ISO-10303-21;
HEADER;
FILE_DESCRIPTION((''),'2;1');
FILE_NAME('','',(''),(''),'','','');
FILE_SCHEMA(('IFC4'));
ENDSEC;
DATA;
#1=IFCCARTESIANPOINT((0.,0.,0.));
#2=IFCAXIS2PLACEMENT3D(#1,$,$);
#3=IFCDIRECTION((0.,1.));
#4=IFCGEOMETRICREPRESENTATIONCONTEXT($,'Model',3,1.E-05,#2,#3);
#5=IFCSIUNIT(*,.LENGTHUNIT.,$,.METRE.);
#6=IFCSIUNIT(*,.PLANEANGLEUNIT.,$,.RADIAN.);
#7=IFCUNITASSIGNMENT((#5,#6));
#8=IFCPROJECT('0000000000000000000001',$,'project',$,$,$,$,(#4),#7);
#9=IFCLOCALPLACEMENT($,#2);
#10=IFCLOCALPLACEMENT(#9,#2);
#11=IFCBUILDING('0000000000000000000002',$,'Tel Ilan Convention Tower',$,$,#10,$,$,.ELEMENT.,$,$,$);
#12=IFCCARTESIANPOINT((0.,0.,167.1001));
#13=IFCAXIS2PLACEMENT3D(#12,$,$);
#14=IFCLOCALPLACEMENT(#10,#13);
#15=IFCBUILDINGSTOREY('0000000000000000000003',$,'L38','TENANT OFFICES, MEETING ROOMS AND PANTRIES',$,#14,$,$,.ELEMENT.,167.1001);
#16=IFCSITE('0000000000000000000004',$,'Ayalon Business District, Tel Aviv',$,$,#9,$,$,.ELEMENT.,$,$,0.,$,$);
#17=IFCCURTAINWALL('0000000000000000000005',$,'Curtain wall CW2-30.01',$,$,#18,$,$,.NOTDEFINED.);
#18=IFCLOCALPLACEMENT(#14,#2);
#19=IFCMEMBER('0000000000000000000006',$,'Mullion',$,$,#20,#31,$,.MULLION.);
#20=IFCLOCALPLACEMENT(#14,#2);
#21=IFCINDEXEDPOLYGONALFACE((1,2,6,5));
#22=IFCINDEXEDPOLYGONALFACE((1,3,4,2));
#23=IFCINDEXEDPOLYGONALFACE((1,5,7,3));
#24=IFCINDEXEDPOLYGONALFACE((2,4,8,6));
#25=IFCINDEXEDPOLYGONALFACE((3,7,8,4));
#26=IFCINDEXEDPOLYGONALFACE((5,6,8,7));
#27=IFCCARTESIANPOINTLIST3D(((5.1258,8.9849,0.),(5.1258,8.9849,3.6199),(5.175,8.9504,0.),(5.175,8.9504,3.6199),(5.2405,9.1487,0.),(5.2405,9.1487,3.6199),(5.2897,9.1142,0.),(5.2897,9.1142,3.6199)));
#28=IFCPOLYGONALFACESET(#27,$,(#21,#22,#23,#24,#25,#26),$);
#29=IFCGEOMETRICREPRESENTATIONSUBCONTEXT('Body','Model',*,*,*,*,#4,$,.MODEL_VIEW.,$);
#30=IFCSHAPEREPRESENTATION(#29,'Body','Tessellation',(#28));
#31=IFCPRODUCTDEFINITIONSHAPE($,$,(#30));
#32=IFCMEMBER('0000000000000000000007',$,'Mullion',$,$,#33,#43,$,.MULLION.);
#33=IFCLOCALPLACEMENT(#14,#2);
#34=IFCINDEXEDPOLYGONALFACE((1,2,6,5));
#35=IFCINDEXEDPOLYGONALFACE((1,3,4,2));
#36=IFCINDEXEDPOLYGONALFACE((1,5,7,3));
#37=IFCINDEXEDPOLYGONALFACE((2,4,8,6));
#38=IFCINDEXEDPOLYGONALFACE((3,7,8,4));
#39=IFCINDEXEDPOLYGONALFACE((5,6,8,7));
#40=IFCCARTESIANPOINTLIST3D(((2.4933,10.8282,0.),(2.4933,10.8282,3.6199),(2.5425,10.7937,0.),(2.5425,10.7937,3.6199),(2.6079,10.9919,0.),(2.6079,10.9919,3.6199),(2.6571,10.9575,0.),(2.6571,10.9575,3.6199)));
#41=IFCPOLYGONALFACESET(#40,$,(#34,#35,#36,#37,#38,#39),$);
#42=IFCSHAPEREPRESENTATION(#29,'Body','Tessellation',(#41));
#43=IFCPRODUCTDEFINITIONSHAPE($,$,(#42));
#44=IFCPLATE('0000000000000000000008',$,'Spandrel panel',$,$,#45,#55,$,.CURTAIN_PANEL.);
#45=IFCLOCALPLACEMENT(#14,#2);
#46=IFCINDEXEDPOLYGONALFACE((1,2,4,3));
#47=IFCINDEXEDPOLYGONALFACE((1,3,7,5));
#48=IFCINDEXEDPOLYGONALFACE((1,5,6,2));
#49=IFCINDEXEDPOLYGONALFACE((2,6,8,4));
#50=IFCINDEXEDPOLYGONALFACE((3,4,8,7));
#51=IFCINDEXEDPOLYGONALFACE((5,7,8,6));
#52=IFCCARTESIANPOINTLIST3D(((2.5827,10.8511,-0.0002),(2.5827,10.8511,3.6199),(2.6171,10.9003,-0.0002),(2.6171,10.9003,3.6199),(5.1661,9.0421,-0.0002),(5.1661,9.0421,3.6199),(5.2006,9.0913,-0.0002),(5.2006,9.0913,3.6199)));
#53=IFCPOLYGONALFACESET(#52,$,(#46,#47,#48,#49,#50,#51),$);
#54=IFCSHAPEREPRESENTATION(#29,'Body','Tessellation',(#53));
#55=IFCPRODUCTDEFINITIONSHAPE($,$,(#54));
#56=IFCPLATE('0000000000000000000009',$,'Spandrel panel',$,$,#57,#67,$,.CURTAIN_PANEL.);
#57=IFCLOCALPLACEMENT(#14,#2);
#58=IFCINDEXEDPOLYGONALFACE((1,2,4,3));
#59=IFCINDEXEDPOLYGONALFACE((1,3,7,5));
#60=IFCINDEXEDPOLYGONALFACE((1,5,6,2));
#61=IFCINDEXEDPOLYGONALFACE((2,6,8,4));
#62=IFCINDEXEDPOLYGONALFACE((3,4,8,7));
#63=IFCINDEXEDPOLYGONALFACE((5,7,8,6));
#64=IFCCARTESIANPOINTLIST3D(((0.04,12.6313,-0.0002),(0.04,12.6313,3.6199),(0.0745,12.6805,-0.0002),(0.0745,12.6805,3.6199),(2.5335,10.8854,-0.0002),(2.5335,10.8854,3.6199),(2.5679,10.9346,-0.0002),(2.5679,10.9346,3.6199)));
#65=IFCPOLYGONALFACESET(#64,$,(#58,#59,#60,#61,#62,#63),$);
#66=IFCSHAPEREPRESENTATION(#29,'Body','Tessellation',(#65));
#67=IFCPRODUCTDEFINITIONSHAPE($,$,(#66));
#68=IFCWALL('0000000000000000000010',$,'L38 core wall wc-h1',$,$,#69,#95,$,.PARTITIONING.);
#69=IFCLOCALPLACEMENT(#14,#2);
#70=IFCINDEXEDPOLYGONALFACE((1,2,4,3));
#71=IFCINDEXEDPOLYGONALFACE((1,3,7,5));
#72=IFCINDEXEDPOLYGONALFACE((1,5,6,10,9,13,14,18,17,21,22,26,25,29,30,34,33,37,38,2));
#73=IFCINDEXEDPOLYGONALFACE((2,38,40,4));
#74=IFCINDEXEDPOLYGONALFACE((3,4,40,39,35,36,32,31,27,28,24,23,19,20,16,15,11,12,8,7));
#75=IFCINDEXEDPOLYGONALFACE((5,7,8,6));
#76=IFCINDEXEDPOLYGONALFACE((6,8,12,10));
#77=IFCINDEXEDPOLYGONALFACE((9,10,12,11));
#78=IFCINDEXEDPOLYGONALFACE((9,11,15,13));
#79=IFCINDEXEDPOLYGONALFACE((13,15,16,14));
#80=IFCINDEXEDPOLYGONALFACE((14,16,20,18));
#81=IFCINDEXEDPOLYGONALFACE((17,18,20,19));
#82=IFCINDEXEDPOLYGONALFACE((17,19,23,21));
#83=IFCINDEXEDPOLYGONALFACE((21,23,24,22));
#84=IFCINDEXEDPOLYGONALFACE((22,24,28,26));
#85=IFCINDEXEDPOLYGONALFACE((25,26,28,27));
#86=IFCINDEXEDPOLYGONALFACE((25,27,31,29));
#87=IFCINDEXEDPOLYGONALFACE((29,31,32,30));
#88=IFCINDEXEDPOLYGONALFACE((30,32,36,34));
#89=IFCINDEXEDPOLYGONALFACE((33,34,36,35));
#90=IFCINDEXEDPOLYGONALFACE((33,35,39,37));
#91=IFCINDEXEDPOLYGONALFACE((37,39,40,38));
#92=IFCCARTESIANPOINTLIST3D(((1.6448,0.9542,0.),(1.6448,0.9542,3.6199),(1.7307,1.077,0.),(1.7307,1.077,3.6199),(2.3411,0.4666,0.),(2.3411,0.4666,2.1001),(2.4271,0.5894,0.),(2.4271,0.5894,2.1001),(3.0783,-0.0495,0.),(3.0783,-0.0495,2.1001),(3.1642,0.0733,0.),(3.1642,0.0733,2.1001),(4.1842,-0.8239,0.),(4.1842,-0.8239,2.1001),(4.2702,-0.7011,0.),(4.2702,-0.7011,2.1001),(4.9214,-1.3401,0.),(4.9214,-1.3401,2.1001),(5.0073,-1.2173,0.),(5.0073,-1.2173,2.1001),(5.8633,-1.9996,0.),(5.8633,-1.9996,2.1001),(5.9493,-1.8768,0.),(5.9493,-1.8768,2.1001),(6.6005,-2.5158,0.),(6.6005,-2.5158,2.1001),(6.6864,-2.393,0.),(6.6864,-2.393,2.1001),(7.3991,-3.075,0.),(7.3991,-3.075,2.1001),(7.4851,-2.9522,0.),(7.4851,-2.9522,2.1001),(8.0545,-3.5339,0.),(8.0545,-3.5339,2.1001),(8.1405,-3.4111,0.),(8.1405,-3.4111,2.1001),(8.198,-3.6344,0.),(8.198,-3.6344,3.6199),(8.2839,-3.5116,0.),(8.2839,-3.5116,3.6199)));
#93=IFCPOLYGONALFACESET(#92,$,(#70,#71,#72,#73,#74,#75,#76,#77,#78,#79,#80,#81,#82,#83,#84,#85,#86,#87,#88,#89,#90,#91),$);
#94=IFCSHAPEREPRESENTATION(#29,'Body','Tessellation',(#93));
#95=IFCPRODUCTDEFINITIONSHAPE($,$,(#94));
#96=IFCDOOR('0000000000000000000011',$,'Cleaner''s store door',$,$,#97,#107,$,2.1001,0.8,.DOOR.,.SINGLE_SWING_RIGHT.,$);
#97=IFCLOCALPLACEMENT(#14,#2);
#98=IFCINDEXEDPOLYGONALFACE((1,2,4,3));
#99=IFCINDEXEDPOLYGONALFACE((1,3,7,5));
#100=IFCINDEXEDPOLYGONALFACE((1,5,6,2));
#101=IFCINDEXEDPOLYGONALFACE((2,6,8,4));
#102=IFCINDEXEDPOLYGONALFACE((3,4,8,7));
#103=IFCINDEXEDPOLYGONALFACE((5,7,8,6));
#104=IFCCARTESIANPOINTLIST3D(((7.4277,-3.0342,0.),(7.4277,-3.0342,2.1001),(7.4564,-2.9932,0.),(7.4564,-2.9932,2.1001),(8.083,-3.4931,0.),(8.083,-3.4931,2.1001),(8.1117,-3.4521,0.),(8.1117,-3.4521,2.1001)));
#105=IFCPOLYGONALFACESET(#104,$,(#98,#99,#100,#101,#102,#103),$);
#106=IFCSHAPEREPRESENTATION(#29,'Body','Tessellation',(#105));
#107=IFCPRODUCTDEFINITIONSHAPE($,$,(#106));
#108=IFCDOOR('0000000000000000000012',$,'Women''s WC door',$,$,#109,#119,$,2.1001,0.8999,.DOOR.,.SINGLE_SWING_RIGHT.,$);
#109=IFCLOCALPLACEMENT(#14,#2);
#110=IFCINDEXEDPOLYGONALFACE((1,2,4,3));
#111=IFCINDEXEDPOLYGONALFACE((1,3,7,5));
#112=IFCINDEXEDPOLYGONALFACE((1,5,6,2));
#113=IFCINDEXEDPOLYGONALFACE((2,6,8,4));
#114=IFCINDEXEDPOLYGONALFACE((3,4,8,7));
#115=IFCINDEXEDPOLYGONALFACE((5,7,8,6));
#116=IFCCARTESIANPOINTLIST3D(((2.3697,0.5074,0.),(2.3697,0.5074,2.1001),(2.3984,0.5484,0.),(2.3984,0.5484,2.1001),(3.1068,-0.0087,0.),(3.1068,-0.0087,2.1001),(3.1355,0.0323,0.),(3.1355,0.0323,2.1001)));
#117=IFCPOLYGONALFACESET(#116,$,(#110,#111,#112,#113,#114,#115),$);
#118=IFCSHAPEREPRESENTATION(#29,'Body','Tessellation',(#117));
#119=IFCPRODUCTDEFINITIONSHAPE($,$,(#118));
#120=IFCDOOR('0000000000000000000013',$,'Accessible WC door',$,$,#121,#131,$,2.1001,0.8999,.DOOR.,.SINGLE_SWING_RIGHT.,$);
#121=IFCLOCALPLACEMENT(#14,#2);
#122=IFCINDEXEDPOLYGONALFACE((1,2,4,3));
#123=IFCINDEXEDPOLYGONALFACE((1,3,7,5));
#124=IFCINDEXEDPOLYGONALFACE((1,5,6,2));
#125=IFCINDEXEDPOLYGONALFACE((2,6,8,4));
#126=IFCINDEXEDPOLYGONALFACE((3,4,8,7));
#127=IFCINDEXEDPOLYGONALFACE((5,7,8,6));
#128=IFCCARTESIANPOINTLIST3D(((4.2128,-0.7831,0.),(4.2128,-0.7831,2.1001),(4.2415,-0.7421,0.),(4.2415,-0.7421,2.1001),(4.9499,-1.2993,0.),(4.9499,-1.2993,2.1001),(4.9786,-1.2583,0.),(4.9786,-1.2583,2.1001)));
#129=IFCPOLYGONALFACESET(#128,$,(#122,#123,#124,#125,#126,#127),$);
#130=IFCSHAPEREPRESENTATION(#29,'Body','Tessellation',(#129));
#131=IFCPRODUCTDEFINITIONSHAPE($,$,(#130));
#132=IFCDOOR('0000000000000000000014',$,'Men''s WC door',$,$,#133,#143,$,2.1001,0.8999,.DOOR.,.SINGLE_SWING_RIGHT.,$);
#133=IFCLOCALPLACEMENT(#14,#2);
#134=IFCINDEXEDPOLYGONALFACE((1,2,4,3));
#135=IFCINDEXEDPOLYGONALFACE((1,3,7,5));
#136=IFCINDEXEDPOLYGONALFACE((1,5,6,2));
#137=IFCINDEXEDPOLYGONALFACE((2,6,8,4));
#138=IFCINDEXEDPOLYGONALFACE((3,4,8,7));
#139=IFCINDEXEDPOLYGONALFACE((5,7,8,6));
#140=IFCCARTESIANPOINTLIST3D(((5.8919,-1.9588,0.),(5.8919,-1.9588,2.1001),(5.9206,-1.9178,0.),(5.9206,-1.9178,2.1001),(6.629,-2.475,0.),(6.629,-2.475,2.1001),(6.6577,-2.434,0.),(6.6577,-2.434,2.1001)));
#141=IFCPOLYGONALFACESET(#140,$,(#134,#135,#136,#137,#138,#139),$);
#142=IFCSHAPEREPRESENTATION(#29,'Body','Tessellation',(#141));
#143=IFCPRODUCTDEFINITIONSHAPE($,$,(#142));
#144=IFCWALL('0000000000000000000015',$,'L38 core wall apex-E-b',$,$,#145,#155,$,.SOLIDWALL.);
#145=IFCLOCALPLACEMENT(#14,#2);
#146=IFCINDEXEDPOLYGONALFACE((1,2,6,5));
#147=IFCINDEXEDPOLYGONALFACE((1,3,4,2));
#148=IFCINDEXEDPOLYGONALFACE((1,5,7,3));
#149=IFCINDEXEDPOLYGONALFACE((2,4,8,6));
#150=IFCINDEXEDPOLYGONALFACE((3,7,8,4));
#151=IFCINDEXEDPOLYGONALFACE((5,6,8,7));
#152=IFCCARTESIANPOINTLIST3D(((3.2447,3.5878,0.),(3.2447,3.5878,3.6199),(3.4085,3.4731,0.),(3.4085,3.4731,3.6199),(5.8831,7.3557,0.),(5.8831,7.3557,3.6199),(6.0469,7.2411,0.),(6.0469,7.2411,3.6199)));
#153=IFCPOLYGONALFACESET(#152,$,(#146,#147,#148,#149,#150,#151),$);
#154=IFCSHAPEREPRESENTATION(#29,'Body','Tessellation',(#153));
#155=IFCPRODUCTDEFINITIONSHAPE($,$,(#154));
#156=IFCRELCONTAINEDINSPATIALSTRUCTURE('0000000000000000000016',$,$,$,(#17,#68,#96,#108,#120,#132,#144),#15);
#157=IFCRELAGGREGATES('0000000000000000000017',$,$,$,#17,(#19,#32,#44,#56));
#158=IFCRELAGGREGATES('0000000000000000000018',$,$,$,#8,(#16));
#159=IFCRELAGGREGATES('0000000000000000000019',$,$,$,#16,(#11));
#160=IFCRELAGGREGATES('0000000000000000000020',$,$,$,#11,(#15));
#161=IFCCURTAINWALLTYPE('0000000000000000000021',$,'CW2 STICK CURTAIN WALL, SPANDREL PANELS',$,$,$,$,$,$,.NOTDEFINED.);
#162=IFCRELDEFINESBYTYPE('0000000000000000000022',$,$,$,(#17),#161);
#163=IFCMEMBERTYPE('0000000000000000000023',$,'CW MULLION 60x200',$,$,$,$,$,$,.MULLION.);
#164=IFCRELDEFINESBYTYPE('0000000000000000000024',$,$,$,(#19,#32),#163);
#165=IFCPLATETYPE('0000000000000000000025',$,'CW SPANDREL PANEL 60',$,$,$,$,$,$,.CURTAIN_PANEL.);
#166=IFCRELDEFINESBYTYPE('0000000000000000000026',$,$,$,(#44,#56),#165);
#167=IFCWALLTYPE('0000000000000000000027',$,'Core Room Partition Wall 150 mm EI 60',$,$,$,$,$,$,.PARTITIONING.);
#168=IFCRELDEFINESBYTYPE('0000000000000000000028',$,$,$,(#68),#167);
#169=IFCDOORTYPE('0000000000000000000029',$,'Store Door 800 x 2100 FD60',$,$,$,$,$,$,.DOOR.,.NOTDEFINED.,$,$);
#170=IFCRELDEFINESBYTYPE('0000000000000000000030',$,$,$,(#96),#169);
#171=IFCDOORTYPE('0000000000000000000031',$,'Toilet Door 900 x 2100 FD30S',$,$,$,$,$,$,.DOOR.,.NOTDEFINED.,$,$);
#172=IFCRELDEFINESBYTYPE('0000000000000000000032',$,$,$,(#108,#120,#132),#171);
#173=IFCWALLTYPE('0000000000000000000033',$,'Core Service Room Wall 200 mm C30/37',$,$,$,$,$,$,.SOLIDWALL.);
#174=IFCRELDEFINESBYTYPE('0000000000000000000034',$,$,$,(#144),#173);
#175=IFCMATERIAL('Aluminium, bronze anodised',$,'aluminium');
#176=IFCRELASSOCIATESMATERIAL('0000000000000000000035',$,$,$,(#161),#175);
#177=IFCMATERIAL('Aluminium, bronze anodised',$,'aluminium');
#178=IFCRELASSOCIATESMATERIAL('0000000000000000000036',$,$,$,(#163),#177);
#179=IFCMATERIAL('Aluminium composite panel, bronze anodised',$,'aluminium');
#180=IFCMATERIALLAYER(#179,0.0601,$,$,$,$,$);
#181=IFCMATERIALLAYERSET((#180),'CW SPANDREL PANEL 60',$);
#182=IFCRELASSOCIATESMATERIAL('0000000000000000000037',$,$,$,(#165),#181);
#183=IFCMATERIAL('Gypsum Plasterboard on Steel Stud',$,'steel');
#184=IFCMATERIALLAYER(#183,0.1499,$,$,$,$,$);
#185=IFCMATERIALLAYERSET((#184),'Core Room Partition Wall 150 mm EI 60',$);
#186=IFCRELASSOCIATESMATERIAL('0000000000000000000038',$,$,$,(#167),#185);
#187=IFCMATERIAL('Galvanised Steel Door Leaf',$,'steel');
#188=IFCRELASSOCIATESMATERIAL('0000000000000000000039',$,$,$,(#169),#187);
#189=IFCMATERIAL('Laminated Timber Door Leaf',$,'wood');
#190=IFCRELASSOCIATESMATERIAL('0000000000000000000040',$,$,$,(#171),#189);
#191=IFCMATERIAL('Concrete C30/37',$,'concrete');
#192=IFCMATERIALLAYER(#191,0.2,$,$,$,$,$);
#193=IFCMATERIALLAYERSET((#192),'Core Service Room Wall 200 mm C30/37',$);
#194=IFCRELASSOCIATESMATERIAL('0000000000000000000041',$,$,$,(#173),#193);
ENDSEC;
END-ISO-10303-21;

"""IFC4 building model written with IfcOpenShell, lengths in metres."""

from ifc_helpers import new_model, si_unit, direction, frame, frame_2d, origin, origin_2d, place, context, subcontext, project, spatial, rectangle, extrude, material, layer, layer_set, material_profile, profile_set, type_object, element, fill, aggregate, save


model = new_model("IFC4")

# Units and contexts
model_context = context("Model", 3, precision=1e-05, world=origin(), true_north=direction((0.0, 1.0)))
body_context = subcontext(model_context, "Body", "Model", "MODEL_VIEW")
ifc_project = project(units=[si_unit("LENGTHUNIT", "METRE"), si_unit("PLANEANGLEUNIT", "RADIAN")], contexts=[model_context])

# Site, building, storey
site_placement = place(None, origin())
site = spatial("IfcSite", under=ifc_project, at=site_placement, Name="Ayalon Business District, Tel Aviv", CompositionType="ELEMENT", RefElevation=0.0)
building_placement = place(site_placement, origin())
building = spatial("IfcBuilding", under=site, at=building_placement, Name="Tel Ilan Convention Tower", CompositionType="ELEMENT")
storey_placement = place(building_placement, frame((0.0, 0.0, 167.1001)))
storey = spatial("IfcBuildingStorey", under=building, at=storey_placement, Name="L38", Description="TENANT OFFICES, MEETING ROOMS AND PANTRIES", CompositionType="ELEMENT", Elevation=167.1001)

# Curtain wall, members, plates
ifc_material_1 = material(Name="Aluminium, bronze anodised", Category="aluminium")
curtain_wall_type = type_object("IfcCurtainWallType", Name="CW2 STICK CURTAIN WALL, SPANDREL PANELS", PredefinedType="NOTDEFINED", material=ifc_material_1)
curtain_wall_placement = place(storey_placement, origin())
curtain_wall = element("IfcCurtainWall", 1, at=curtain_wall_placement, inside=storey, type_object=curtain_wall_type, Name="Curtain wall CW2-30.01", PredefinedType="NOTDEFINED")
ifc_material_2 = material(Name="Aluminium, bronze anodised", Category="aluminium")
ifc_material_profile = material_profile(ifc_material_2, rectangle(XDim=0.0601, YDim=0.2, at=origin_2d()), Name="CW MULLION 60x200")
ifc_profile_set = profile_set([ifc_material_profile], Name="Aluminium, bronze anodised")
member_type = type_object("IfcMemberType", Name="CW MULLION 60x200", PredefinedType="MULLION", material=ifc_profile_set)
member_1_placement = place(storey_placement, frame((5.2078, 9.0496, 0.0), z_axis=(0.0, 0.0, 1.0), x_axis=(-0.819152, 0.573576, 0.0)))
member_1 = element("IfcMember", 2, at=member_1_placement, type_object=member_type, Name="Mullion", PredefinedType="MULLION", context=body_context, shape_type="SweptSolid", body=[
    extrude(rectangle(XDim=0.0601, YDim=0.2, at=origin_2d()), origin(), (0.0, 0.0, 1.0), 3.6199),
])
member_2_placement = place(storey_placement, frame((2.5752, 10.8928, 0.0), z_axis=(0.0, 0.0, 1.0), x_axis=(-0.819152, 0.573576, 0.0)))
member_2 = element("IfcMember", 3, at=member_2_placement, type_object=member_type, Name="Mullion", PredefinedType="MULLION", context=body_context, shape_type="SweptSolid", body=[
    extrude(rectangle(XDim=0.0601, YDim=0.2, at=origin_2d()), origin(), (0.0, 0.0, 1.0), 3.6199),
])
ifc_material_3 = material(Name="Aluminium composite panel, bronze anodised", Category="aluminium")
ifc_layer_1 = layer(ifc_material_3, 0.0601)
ifc_layer_set_1 = layer_set([ifc_layer_1], Name="CW SPANDREL PANEL 60")
plate_type = type_object("IfcPlateType", Name="CW SPANDREL PANEL 60", PredefinedType="CURTAIN_PANEL", material=ifc_layer_set_1)
plate_1_placement = place(storey_placement, frame((3.8916, 9.9712, -0.0002), z_axis=(0.0, 0.0, 1.0), x_axis=(-0.819152, 0.573576, 0.0)))
plate_1 = element("IfcPlate", 4, at=plate_1_placement, type_object=plate_type, Name="Spandrel panel", PredefinedType="CURTAIN_PANEL", context=body_context, shape_type="SweptSolid", body=[
    extrude(rectangle(XDim=3.1538, YDim=0.0601, at=origin_2d()), origin(), (0.0, 0.0, 1.0), 3.6201),
])
plate_2_placement = place(storey_placement, frame((1.304, 11.783, -0.0002), z_axis=(0.0, 0.0, 1.0), x_axis=(-0.819152, 0.573576, 0.0)))
plate_2 = element("IfcPlate", 5, at=plate_2_placement, type_object=plate_type, Name="Spandrel panel", PredefinedType="CURTAIN_PANEL", context=body_context, shape_type="SweptSolid", body=[
    extrude(rectangle(XDim=3.0439, YDim=0.0601, at=origin_2d()), origin(), (0.0, 0.0, 1.0), 3.6201),
])
aggregate(curtain_wall, [member_1, member_2, plate_1, plate_2])

# Wall, openings, doors
ifc_material_4 = material(Name="Gypsum Plasterboard on Steel Stud", Category="steel")
ifc_layer_2 = layer(ifc_material_4, 0.1499)
ifc_layer_set_2 = layer_set([ifc_layer_2], Name="Core Room Partition Wall 150 mm EI 60")
wall_type_1 = type_object("IfcWallType", Name="Core Room Partition Wall 150 mm EI 60", PredefinedType="PARTITIONING", material=ifc_layer_set_2)
wall_1_placement = place(storey_placement, frame((1.6877, 1.0156, 0.0), z_axis=(0.0, 0.0, 1.0), x_axis=(0.819152, -0.573577, 0.0)))
wall_1 = element("IfcWall", 6, at=wall_1_placement, inside=storey, type_object=wall_type_1, Name="L38 core wall wc-h1", PredefinedType="PARTITIONING", context=body_context, shape_type="SweptSolid", body=[
    extrude(rectangle(XDim=8.0, YDim=0.1499, at=frame_2d((4.0, 0.0))), origin(), (0.0, 0.0, 1.0), 3.6199),
])
opening_1_placement = place(wall_1_placement, frame((0.8501, 0.0, 0.0)))
opening_1 = element("IfcOpeningElement", 7, at=opening_1_placement, cuts=wall_1, PredefinedType="OPENING", context=body_context, shape_type="SweptSolid", body=[
    extrude(rectangle(XDim=0.8999, YDim=2.1001, at=frame_2d((0.45, 1.05))), frame((0.0, 0.085, 0.0), z_axis=(0.0, -1.0, 0.0), x_axis=(1.0, 0.0, 0.0)), (0.0, 0.0, 1.0), 0.1699),
])
opening_2_placement = place(wall_1_placement, frame((3.1001, 0.0, 0.0)))
opening_2 = element("IfcOpeningElement", 8, at=opening_2_placement, cuts=wall_1, PredefinedType="OPENING", context=body_context, shape_type="SweptSolid", body=[
    extrude(rectangle(XDim=0.8999, YDim=2.1001, at=frame_2d((0.45, 1.05))), frame((0.0, 0.085, 0.0), z_axis=(0.0, -1.0, 0.0), x_axis=(1.0, 0.0, 0.0)), (0.0, 0.0, 1.0), 0.1699),
])
opening_3_placement = place(wall_1_placement, frame((5.1499, 0.0, 0.0)))
opening_3 = element("IfcOpeningElement", 9, at=opening_3_placement, cuts=wall_1, PredefinedType="OPENING", context=body_context, shape_type="SweptSolid", body=[
    extrude(rectangle(XDim=0.8999, YDim=2.1001, at=frame_2d((0.45, 1.05))), frame((0.0, 0.085, 0.0), z_axis=(0.0, -1.0, 0.0), x_axis=(1.0, 0.0, 0.0)), (0.0, 0.0, 1.0), 0.1699),
])
opening_4_placement = place(wall_1_placement, frame((7.0249, 0.0, 0.0)))
opening_4 = element("IfcOpeningElement", 10, at=opening_4_placement, cuts=wall_1, PredefinedType="OPENING", context=body_context, shape_type="SweptSolid", body=[
    extrude(rectangle(XDim=0.8, YDim=2.1001, at=frame_2d((0.3999, 1.05))), frame((0.0, 0.085, 0.0), z_axis=(0.0, -1.0, 0.0), x_axis=(1.0, 0.0, 0.0)), (0.0, 0.0, 1.0), 0.1699),
])
ifc_material_5 = material(Name="Galvanised Steel Door Leaf", Category="steel")
door_type_1 = type_object("IfcDoorType", Name="Store Door 800 x 2100 FD60", OperationType="NOTDEFINED", PredefinedType="DOOR", material=ifc_material_5)
door_1_placement = place(opening_4_placement, origin())
door_1 = element("IfcDoor", 11, at=door_1_placement, inside=storey, type_object=door_type_1, Name="Cleaner's store door", OperationType="SINGLE_SWING_RIGHT", OverallHeight=2.1001, OverallWidth=0.8, PredefinedType="DOOR", context=body_context, shape_type="SweptSolid", body=[
    extrude(rectangle(XDim=0.8, YDim=2.1001, at=frame_2d((0.3999, 1.05))), frame((0.0, 0.0249, 0.0), z_axis=(0.0, -1.0, 0.0), x_axis=(1.0, 0.0, 0.0)), (0.0, 0.0, 1.0), 0.05),
])
fill(opening_4, door_1)
ifc_material_6 = material(Name="Laminated Timber Door Leaf", Category="wood")
door_type_2 = type_object("IfcDoorType", Name="Toilet Door 900 x 2100 FD30S", OperationType="NOTDEFINED", PredefinedType="DOOR", material=ifc_material_6)
door_2_placement = place(opening_1_placement, origin())
door_2 = element("IfcDoor", 12, at=door_2_placement, inside=storey, type_object=door_type_2, Name="Women's WC door", OperationType="SINGLE_SWING_RIGHT", OverallHeight=2.1001, OverallWidth=0.8999, PredefinedType="DOOR", context=body_context, shape_type="SweptSolid", body=[
    extrude(rectangle(XDim=0.8999, YDim=2.1001, at=frame_2d((0.45, 1.05))), frame((0.0, 0.0249, 0.0), z_axis=(0.0, -1.0, 0.0), x_axis=(1.0, 0.0, 0.0)), (0.0, 0.0, 1.0), 0.05),
])
fill(opening_1, door_2)
door_3_placement = place(opening_2_placement, origin())
door_3 = element("IfcDoor", 13, at=door_3_placement, inside=storey, type_object=door_type_2, Name="Accessible WC door", OperationType="SINGLE_SWING_RIGHT", OverallHeight=2.1001, OverallWidth=0.8999, PredefinedType="DOOR", context=body_context, shape_type="SweptSolid", body=[
    extrude(rectangle(XDim=0.8999, YDim=2.1001, at=frame_2d((0.45, 1.05))), frame((0.0, 0.0249, 0.0), z_axis=(0.0, -1.0, 0.0), x_axis=(1.0, 0.0, 0.0)), (0.0, 0.0, 1.0), 0.05),
])
fill(opening_2, door_3)
door_4_placement = place(opening_3_placement, origin())
door_4 = element("IfcDoor", 14, at=door_4_placement, inside=storey, type_object=door_type_2, Name="Men's WC door", OperationType="SINGLE_SWING_RIGHT", OverallHeight=2.1001, OverallWidth=0.8999, PredefinedType="DOOR", context=body_context, shape_type="SweptSolid", body=[
    extrude(rectangle(XDim=0.8999, YDim=2.1001, at=frame_2d((0.45, 1.05))), frame((0.0, 0.0249, 0.0), z_axis=(0.0, -1.0, 0.0), x_axis=(1.0, 0.0, 0.0)), (0.0, 0.0, 1.0), 0.05),
])
fill(opening_3, door_4)

# Wall
ifc_material_7 = material(Name="Concrete C30/37", Category="concrete")
ifc_layer_3 = layer(ifc_material_7, 0.2)
ifc_layer_set_3 = layer_set([ifc_layer_3], Name="Core Service Room Wall 200 mm C30/37")
wall_type_2 = type_object("IfcWallType", Name="Core Service Room Wall 200 mm C30/37", PredefinedType="SOLIDWALL", material=ifc_layer_set_3)
wall_2_placement = place(storey_placement, frame((3.3267, 3.5305, 0.0), z_axis=(0.0, 0.0, 1.0), x_axis=(0.573576, 0.819152, 0.0)))
element("IfcWall", 15, at=wall_2_placement, inside=storey, type_object=wall_type_2, Name="L38 core wall apex-E-b", PredefinedType="SOLIDWALL", context=body_context, shape_type="SweptSolid", body=[
    extrude(rectangle(XDim=4.5999, YDim=0.2, at=frame_2d((2.2998, 0.0))), origin(), (0.0, 0.0, 1.0), 3.6199),
])

save(model, "model.ifc")
